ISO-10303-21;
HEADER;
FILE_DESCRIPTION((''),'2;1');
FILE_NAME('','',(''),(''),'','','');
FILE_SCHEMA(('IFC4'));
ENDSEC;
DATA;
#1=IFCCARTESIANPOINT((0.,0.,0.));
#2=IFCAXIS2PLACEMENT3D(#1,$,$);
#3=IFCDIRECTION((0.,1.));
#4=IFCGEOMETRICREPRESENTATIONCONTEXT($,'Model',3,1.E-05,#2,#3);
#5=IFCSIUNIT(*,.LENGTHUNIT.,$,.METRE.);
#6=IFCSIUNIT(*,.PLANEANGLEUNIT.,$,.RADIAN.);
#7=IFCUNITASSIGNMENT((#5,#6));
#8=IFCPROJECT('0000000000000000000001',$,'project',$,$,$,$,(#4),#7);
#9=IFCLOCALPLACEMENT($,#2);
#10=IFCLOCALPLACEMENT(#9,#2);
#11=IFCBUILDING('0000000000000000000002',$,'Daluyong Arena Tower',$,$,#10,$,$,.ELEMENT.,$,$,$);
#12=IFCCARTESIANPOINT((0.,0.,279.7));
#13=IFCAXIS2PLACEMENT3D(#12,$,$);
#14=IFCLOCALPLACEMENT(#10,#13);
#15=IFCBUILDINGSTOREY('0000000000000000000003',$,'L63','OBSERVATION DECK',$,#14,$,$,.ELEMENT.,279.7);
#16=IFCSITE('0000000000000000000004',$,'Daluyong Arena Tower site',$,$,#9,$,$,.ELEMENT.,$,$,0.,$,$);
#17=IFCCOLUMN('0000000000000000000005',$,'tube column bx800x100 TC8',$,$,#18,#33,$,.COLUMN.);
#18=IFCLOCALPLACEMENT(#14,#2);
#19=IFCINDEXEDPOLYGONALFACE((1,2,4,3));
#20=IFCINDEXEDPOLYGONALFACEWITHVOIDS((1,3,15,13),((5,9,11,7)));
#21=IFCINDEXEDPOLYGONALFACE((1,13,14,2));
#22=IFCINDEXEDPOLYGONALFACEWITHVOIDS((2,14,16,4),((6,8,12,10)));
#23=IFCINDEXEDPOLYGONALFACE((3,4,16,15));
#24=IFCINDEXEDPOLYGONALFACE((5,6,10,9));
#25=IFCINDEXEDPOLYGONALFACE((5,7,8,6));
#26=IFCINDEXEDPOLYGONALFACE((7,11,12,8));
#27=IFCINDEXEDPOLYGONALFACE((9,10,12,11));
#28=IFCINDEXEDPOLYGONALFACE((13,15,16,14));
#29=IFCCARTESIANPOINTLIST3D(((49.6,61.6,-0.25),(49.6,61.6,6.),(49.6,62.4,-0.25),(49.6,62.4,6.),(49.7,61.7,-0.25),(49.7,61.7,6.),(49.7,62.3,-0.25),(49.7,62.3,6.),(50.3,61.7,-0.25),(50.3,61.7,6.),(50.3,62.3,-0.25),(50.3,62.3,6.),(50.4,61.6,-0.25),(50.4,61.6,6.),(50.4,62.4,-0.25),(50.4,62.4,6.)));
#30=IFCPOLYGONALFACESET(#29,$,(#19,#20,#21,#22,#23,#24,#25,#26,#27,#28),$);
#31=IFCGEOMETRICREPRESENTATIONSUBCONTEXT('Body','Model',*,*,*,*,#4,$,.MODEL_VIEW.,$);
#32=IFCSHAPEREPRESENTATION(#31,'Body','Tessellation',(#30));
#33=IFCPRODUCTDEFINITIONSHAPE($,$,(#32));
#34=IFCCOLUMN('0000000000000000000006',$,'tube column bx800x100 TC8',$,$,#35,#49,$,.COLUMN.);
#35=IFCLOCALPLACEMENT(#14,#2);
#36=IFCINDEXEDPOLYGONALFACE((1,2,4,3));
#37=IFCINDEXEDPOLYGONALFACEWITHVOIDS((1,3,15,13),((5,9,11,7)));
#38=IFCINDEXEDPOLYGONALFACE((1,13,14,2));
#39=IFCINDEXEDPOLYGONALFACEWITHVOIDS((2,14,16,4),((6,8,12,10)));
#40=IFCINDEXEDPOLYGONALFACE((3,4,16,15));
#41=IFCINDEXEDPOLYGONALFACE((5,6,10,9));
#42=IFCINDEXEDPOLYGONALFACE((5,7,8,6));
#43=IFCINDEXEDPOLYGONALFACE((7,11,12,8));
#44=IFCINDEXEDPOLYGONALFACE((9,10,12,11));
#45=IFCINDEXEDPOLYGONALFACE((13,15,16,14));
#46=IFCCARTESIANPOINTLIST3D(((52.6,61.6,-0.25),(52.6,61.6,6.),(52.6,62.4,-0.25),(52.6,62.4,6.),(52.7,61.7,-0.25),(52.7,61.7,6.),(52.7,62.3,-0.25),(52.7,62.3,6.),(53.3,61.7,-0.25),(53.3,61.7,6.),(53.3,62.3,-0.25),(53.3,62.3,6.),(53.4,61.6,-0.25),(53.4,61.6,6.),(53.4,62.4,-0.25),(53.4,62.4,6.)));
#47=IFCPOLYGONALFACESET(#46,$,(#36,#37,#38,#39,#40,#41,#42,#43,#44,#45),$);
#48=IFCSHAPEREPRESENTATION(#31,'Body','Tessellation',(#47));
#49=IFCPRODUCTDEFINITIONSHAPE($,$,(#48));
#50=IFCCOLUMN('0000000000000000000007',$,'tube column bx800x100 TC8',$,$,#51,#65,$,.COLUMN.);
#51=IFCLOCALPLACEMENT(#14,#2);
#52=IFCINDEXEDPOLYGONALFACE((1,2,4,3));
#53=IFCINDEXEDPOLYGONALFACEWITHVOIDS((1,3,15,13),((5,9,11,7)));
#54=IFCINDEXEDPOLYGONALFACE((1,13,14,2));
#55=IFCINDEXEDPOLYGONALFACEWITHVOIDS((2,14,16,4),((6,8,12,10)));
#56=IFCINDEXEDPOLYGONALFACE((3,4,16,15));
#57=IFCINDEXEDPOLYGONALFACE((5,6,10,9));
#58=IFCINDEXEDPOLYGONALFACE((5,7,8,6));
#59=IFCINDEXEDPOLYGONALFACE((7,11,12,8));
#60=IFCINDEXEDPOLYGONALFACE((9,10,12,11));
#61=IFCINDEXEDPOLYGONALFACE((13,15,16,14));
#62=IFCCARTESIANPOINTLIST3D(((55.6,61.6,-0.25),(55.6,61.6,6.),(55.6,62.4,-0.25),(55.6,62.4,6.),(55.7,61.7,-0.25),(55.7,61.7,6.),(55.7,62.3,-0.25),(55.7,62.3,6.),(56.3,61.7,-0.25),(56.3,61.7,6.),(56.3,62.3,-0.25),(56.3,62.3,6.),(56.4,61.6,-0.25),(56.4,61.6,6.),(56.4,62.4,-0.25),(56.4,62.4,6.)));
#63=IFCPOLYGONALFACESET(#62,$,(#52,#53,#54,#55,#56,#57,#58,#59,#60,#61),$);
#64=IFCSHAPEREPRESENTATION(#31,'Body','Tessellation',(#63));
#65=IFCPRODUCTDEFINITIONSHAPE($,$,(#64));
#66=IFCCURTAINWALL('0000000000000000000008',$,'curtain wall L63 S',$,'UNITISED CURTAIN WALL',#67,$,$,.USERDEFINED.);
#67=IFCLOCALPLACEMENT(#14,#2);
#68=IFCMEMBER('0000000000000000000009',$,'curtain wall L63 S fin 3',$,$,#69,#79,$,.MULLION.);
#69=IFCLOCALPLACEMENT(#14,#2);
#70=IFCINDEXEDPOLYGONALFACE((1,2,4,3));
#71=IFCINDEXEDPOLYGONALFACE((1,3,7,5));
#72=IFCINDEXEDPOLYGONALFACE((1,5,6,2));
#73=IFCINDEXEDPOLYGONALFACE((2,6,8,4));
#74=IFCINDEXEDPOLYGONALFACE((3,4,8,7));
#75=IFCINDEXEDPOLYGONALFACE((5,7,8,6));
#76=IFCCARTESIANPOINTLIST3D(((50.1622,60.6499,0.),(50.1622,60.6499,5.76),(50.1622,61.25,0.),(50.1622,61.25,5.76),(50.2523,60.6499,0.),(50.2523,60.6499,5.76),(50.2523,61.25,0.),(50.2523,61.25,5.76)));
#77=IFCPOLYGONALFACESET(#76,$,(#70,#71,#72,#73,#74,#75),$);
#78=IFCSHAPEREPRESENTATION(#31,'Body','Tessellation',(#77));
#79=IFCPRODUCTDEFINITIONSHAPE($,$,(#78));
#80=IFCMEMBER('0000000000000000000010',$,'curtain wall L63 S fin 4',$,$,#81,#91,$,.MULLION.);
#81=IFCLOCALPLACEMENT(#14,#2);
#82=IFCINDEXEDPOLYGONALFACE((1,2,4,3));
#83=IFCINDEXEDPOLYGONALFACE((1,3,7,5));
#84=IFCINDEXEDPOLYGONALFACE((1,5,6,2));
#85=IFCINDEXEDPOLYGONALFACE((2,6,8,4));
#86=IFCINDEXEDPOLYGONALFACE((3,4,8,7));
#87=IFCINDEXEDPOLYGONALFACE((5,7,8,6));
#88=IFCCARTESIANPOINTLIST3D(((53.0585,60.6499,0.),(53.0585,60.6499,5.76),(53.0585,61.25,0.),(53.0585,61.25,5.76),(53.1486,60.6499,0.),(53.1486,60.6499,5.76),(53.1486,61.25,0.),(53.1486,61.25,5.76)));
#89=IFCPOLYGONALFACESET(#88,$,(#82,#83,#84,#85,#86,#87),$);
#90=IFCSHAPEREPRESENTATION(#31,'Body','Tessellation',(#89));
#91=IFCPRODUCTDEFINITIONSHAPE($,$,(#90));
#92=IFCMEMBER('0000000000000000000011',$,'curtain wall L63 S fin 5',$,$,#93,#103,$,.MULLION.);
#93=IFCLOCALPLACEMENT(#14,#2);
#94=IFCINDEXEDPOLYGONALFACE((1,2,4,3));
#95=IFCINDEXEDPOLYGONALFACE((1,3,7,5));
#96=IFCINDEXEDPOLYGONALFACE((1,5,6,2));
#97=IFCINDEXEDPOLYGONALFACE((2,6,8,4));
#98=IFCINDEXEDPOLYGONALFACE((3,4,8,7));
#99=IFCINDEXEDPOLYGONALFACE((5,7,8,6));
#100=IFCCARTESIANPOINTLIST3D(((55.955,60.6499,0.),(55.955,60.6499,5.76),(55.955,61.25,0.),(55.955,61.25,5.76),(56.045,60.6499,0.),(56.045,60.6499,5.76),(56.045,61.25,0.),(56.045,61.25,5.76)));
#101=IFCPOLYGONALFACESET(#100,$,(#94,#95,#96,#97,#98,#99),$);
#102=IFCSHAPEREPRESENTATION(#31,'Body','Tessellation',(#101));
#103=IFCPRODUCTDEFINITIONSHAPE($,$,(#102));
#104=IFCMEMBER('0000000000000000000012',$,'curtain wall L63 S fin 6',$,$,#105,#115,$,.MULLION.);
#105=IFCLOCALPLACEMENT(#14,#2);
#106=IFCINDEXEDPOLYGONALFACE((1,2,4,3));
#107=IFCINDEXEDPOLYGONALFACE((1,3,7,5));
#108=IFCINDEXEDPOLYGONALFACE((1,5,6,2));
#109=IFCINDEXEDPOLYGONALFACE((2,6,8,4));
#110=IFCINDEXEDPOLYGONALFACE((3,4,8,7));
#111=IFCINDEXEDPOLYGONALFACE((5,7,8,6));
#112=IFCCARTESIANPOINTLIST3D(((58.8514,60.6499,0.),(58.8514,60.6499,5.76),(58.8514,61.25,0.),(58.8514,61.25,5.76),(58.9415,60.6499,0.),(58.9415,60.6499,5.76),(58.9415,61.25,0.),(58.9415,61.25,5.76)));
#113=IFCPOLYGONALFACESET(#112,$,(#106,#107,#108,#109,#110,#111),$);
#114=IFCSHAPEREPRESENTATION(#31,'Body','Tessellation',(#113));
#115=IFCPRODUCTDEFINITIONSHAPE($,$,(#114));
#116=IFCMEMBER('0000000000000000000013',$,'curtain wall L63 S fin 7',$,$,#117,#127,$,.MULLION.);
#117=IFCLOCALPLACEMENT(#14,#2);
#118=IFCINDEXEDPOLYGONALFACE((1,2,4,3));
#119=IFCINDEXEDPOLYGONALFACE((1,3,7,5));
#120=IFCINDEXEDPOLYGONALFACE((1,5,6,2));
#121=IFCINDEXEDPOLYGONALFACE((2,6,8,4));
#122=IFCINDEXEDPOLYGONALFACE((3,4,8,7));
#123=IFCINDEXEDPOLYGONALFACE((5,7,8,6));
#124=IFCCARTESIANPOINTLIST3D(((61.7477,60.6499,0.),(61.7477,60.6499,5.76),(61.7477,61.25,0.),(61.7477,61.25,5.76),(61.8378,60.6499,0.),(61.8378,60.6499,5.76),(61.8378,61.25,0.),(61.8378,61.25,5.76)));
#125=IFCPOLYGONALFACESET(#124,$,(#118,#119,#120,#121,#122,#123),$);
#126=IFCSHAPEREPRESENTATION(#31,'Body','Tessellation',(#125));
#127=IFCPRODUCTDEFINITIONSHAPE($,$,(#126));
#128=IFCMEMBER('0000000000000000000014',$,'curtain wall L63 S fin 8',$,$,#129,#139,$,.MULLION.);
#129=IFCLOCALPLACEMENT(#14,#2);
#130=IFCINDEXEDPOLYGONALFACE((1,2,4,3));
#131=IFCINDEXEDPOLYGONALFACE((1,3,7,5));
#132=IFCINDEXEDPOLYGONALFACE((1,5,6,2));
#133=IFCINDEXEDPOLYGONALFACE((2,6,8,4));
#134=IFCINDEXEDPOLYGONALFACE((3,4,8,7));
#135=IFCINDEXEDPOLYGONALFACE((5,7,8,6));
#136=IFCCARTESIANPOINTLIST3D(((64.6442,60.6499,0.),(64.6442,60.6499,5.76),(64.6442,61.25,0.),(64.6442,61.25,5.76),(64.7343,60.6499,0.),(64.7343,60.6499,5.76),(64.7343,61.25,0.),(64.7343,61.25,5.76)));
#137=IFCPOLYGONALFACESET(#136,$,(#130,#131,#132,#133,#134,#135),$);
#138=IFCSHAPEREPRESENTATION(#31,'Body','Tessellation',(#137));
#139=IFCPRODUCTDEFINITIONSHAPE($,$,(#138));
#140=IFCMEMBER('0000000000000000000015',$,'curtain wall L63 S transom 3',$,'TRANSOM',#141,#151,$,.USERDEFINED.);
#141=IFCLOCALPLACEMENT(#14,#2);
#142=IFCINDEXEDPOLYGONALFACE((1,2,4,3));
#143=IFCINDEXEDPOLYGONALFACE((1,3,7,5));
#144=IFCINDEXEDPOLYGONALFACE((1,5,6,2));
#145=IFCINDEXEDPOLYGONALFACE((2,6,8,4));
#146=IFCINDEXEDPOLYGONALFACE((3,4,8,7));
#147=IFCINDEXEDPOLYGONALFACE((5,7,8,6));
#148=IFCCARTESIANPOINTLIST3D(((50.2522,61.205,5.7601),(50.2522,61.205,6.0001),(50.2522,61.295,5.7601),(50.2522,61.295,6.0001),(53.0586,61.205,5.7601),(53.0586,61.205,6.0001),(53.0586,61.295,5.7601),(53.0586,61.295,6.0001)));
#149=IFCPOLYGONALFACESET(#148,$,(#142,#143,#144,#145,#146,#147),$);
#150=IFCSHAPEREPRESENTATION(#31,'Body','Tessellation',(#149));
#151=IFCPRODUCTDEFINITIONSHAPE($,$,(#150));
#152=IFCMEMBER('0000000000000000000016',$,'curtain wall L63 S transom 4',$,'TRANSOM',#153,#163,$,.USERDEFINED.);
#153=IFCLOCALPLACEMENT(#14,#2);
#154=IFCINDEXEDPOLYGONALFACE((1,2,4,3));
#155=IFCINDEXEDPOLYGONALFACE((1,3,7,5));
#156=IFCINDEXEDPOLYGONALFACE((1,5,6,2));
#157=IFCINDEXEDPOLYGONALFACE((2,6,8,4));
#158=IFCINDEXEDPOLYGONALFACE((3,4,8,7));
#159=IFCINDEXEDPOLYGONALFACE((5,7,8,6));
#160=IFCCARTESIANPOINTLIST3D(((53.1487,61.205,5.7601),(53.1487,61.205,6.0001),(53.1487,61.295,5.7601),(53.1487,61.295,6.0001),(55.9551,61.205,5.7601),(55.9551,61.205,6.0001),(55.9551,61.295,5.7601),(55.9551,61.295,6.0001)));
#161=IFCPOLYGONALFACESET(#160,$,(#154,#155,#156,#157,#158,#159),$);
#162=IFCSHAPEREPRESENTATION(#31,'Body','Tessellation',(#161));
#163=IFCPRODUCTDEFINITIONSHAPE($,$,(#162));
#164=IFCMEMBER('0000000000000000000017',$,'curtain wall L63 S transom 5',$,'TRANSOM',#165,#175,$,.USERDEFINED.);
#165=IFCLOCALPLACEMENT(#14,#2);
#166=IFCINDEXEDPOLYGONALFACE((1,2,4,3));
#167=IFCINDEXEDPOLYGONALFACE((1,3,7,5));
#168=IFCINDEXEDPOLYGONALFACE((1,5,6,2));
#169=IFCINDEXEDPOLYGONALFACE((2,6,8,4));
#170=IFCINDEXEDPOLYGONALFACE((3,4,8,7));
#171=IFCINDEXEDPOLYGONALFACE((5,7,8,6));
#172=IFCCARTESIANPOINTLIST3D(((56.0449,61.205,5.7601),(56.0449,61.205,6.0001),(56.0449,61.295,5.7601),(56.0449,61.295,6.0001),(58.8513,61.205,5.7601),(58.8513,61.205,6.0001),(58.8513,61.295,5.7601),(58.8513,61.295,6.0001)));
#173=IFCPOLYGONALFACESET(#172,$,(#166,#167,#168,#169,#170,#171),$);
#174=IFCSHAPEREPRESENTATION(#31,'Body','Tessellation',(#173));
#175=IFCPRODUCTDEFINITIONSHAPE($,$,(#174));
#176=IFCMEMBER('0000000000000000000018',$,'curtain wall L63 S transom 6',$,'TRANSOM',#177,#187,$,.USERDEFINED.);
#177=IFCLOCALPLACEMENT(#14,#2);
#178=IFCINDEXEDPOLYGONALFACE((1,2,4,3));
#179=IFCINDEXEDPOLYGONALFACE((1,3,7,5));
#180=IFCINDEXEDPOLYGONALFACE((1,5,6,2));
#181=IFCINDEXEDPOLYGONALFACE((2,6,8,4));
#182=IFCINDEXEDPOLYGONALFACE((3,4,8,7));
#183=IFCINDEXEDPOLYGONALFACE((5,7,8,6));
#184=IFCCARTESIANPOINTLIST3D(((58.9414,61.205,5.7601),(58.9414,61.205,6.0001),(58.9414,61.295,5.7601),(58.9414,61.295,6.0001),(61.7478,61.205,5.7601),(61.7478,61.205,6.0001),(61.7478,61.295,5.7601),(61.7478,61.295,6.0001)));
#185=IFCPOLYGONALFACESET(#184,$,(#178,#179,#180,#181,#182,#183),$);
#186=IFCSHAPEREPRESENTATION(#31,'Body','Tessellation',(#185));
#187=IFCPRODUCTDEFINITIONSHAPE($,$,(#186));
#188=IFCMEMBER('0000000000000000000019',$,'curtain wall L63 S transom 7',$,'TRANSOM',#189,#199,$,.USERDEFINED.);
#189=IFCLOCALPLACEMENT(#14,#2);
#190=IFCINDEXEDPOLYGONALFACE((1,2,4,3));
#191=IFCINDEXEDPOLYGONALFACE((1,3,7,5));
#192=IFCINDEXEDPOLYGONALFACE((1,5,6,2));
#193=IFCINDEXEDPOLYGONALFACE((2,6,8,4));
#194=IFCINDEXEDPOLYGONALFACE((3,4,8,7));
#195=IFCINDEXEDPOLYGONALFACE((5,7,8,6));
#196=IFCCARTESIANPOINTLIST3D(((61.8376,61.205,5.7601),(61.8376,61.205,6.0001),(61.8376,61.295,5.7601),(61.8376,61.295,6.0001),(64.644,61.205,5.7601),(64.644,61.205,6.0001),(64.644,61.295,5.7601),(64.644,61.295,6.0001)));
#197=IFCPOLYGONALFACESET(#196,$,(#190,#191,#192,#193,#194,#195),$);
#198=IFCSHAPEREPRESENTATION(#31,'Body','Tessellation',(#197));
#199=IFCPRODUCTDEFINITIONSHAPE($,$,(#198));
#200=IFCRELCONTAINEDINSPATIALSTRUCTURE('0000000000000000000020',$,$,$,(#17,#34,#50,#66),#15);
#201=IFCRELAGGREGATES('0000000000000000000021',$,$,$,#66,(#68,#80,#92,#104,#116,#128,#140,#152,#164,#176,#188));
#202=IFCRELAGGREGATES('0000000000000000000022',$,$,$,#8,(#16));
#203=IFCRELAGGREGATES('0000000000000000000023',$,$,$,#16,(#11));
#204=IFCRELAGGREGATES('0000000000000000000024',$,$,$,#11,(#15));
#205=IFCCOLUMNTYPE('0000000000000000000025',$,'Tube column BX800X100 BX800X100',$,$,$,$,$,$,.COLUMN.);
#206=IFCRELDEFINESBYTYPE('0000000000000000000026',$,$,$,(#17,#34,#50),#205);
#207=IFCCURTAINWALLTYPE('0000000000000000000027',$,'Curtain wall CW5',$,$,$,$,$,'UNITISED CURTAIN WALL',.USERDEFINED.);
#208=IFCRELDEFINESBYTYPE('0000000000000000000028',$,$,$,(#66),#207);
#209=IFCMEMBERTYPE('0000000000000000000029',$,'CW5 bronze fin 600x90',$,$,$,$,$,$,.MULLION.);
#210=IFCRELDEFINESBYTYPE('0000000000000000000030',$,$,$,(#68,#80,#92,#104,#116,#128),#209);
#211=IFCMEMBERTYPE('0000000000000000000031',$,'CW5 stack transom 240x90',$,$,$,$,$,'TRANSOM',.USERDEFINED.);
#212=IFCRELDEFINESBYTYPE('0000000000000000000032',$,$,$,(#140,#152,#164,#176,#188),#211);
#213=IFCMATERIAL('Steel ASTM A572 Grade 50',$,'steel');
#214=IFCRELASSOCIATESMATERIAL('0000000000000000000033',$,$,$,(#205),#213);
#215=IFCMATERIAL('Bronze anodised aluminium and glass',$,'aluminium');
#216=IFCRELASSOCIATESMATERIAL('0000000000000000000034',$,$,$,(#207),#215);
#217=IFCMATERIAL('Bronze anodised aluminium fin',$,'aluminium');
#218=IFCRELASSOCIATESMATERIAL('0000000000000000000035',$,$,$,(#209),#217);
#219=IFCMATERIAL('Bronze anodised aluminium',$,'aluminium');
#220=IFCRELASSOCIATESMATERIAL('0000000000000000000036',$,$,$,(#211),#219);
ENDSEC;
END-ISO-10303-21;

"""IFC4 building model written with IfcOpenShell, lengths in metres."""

from ifc_helpers import new_model, si_unit, direction, frame, origin, origin_2d, place, context, subcontext, project, spatial, rectangle, hollow_rectangle, extrude, material, material_profile, profile_set, type_object, element, aggregate, save


model = new_model("IFC4")

# Units and contexts
model_context = context("Model", 3, precision=1e-05, world=origin(), true_north=direction((0.0, 1.0)))
body_context = subcontext(model_context, "Body", "Model", "MODEL_VIEW")
ifc_project = project(units=[si_unit("LENGTHUNIT", "METRE"), si_unit("PLANEANGLEUNIT", "RADIAN")], contexts=[model_context])

# Site, building, storey
site_placement = place(None, origin())
site = spatial("IfcSite", under=ifc_project, at=site_placement, Name="Daluyong Arena Tower site", CompositionType="ELEMENT", RefElevation=0.0)
building_placement = place(site_placement, origin())
building = spatial("IfcBuilding", under=site, at=building_placement, Name="Daluyong Arena Tower", CompositionType="ELEMENT")
storey_placement = place(building_placement, frame((0.0, 0.0, 279.7)))
storey = spatial("IfcBuildingStorey", under=building, at=storey_placement, Name="L63", Description="OBSERVATION DECK", CompositionType="ELEMENT", Elevation=279.7)

# Columns
ifc_material_1 = material(Name="Steel ASTM A572 Grade 50", Category="steel")
ifc_material_profile_1 = material_profile(ifc_material_1, hollow_rectangle(XDim=0.8, YDim=0.8, WallThickness=0.1, at=origin_2d()))
ifc_profile_set_1 = profile_set([ifc_material_profile_1], Name="Steel ASTM A572 Grade 50")
column_type = type_object("IfcColumnType", Name="Tube column BX800X100 BX800X100", PredefinedType="COLUMN", material=ifc_profile_set_1)
for number, where, z_axis, x_axis, name in (
    (1, (50.0, 62.0, -0.25), (0.0, 0.0, 1.0), (1.0, 0.0, 0.0), "tube column bx800x100 TC8"),
    (2, (53.0, 62.0, -0.25), (0.0, 0.0, 1.0), (1.0, 0.0, 0.0), "tube column bx800x100 TC8"),
    (3, (56.0, 62.0, -0.25), (0.0, 0.0, 1.0), (1.0, 0.0, 0.0), "tube column bx800x100 TC8"),
):
    element("IfcColumn", number, at=place(storey_placement, frame(where, z_axis=z_axis, x_axis=x_axis)), inside=storey, type_object=column_type, Name=name, PredefinedType="COLUMN", context=body_context, shape_type="SweptSolid", body=[
        extrude(hollow_rectangle(XDim=0.8, YDim=0.8, WallThickness=0.1, at=origin_2d()), origin(), (0.0, 0.0, 1.0), 6.25),
    ])

# Curtain wall, members
ifc_material_2 = material(Name="Bronze anodised aluminium and glass", Category="aluminium")
curtain_wall_type = type_object("IfcCurtainWallType", Name="Curtain wall CW5", ElementType="UNITISED CURTAIN WALL", PredefinedType="USERDEFINED", material=ifc_material_2)
curtain_wall_placement = place(storey_placement, origin())
curtain_wall = element("IfcCurtainWall", 4, at=curtain_wall_placement, inside=storey, type_object=curtain_wall_type, Name="curtain wall L63 S", ObjectType="UNITISED CURTAIN WALL", PredefinedType="USERDEFINED")
ifc_material_3 = material(Name="Bronze anodised aluminium fin", Category="aluminium")
ifc_material_profile_2 = material_profile(ifc_material_3, rectangle(XDim=0.6001, YDim=0.0901, at=origin_2d()))
ifc_profile_set_2 = profile_set([ifc_material_profile_2], Name="Bronze anodised aluminium fin")
member_type_1 = type_object("IfcMemberType", Name="CW5 bronze fin 600x90", PredefinedType="MULLION", material=ifc_profile_set_2)
member_1_placement = place(storey_placement, frame((50.2073, 60.95, 0.0), z_axis=(0.0, 0.0, 1.0), x_axis=(0.0, 1.0, 0.0)))
member_1 = element("IfcMember", 5, at=member_1_placement, type_object=member_type_1, Name="curtain wall L63 S fin 3", PredefinedType="MULLION", context=body_context, shape_type="SweptSolid", body=[
    extrude(rectangle(XDim=0.6001, YDim=0.0901, at=origin_2d()), origin(), (0.0, 0.0, 1.0), 5.76),
])
member_2_placement = place(storey_placement, frame((53.1035, 60.95, 0.0), z_axis=(0.0, 0.0, 1.0), x_axis=(0.0, 1.0, 0.0)))
member_2 = element("IfcMember", 6, at=member_2_placement, type_object=member_type_1, Name="curtain wall L63 S fin 4", PredefinedType="MULLION", context=body_context, shape_type="SweptSolid", body=[
    extrude(rectangle(XDim=0.6001, YDim=0.0901, at=origin_2d()), origin(), (0.0, 0.0, 1.0), 5.76),
])
member_3_placement = place(storey_placement, frame((56.0, 60.95, 0.0), z_axis=(0.0, 0.0, 1.0), x_axis=(0.0, 1.0, 0.0)))
member_3 = element("IfcMember", 7, at=member_3_placement, type_object=member_type_1, Name="curtain wall L63 S fin 5", PredefinedType="MULLION", context=body_context, shape_type="SweptSolid", body=[
    extrude(rectangle(XDim=0.6001, YDim=0.0901, at=origin_2d()), origin(), (0.0, 0.0, 1.0), 5.76),
])
member_4_placement = place(storey_placement, frame((58.8965, 60.95, 0.0), z_axis=(0.0, 0.0, 1.0), x_axis=(0.0, 1.0, 0.0)))
member_4 = element("IfcMember", 8, at=member_4_placement, type_object=member_type_1, Name="curtain wall L63 S fin 6", PredefinedType="MULLION", context=body_context, shape_type="SweptSolid", body=[
    extrude(rectangle(XDim=0.6001, YDim=0.0901, at=origin_2d()), origin(), (0.0, 0.0, 1.0), 5.76),
])
member_5_placement = place(storey_placement, frame((61.7927, 60.95, 0.0), z_axis=(0.0, 0.0, 1.0), x_axis=(0.0, 1.0, 0.0)))
member_5 = element("IfcMember", 9, at=member_5_placement, type_object=member_type_1, Name="curtain wall L63 S fin 7", PredefinedType="MULLION", context=body_context, shape_type="SweptSolid", body=[
    extrude(rectangle(XDim=0.6001, YDim=0.0901, at=origin_2d()), origin(), (0.0, 0.0, 1.0), 5.76),
])
member_6_placement = place(storey_placement, frame((64.6892, 60.95, 0.0), z_axis=(0.0, 0.0, 1.0), x_axis=(0.0, 1.0, 0.0)))
member_6 = element("IfcMember", 10, at=member_6_placement, type_object=member_type_1, Name="curtain wall L63 S fin 8", PredefinedType="MULLION", context=body_context, shape_type="SweptSolid", body=[
    extrude(rectangle(XDim=0.6001, YDim=0.0901, at=origin_2d()), origin(), (0.0, 0.0, 1.0), 5.76),
])
ifc_material_4 = material(Name="Bronze anodised aluminium", Category="aluminium")
ifc_material_profile_3 = material_profile(ifc_material_4, rectangle(XDim=0.0901, YDim=0.24, at=origin_2d()))
ifc_profile_set_3 = profile_set([ifc_material_profile_3], Name="Bronze anodised aluminium")
member_type_2 = type_object("IfcMemberType", Name="CW5 stack transom 240x90", ElementType="TRANSOM", PredefinedType="USERDEFINED", material=ifc_profile_set_3)
member_7_placement = place(storey_placement, frame((50.2522, 61.25, 5.8801), z_axis=(1.0, 0.0, 0.0), x_axis=(0.0, 1.0, 0.0)))
member_7 = element("IfcMember", 11, at=member_7_placement, type_object=member_type_2, Name="curtain wall L63 S transom 3", ObjectType="TRANSOM", PredefinedType="USERDEFINED", context=body_context, shape_type="SweptSolid", body=[
    extrude(rectangle(XDim=0.0901, YDim=0.24, at=origin_2d()), origin(), (0.0, 0.0, 1.0), 2.8064),
])
member_8_placement = place(storey_placement, frame((53.1487, 61.25, 5.8801), z_axis=(1.0, 0.0, 0.0), x_axis=(0.0, 1.0, 0.0)))
member_8 = element("IfcMember", 12, at=member_8_placement, type_object=member_type_2, Name="curtain wall L63 S transom 4", ObjectType="TRANSOM", PredefinedType="USERDEFINED", context=body_context, shape_type="SweptSolid", body=[
    extrude(rectangle(XDim=0.0901, YDim=0.24, at=origin_2d()), origin(), (0.0, 0.0, 1.0), 2.8064),
])
member_9_placement = place(storey_placement, frame((56.0449, 61.25, 5.8801), z_axis=(1.0, 0.0, 0.0), x_axis=(0.0, 1.0, 0.0)))
member_9 = element("IfcMember", 13, at=member_9_placement, type_object=member_type_2, Name="curtain wall L63 S transom 5", ObjectType="TRANSOM", PredefinedType="USERDEFINED", context=body_context, shape_type="SweptSolid", body=[
    extrude(rectangle(XDim=0.0901, YDim=0.24, at=origin_2d()), origin(), (0.0, 0.0, 1.0), 2.8064),
])
member_10_placement = place(storey_placement, frame((58.9414, 61.25, 5.8801), z_axis=(1.0, 0.0, 0.0), x_axis=(0.0, 1.0, 0.0)))
member_10 = element("IfcMember", 14, at=member_10_placement, type_object=member_type_2, Name="curtain wall L63 S transom 6", ObjectType="TRANSOM", PredefinedType="USERDEFINED", context=body_context, shape_type="SweptSolid", body=[
    extrude(rectangle(XDim=0.0901, YDim=0.24, at=origin_2d()), origin(), (0.0, 0.0, 1.0), 2.8064),
])
member_11_placement = place(storey_placement, frame((61.8376, 61.25, 5.8801), z_axis=(1.0, 0.0, 0.0), x_axis=(0.0, 1.0, 0.0)))
member_11 = element("IfcMember", 15, at=member_11_placement, type_object=member_type_2, Name="curtain wall L63 S transom 7", ObjectType="TRANSOM", PredefinedType="USERDEFINED", context=body_context, shape_type="SweptSolid", body=[
    extrude(rectangle(XDim=0.0901, YDim=0.24, at=origin_2d()), origin(), (0.0, 0.0, 1.0), 2.8064),
])

aggregate(curtain_wall, [member_1, member_2, member_3, member_4, member_5, member_6, member_7, member_8, member_9, member_10, member_11])

save(model, "model.ifc")
